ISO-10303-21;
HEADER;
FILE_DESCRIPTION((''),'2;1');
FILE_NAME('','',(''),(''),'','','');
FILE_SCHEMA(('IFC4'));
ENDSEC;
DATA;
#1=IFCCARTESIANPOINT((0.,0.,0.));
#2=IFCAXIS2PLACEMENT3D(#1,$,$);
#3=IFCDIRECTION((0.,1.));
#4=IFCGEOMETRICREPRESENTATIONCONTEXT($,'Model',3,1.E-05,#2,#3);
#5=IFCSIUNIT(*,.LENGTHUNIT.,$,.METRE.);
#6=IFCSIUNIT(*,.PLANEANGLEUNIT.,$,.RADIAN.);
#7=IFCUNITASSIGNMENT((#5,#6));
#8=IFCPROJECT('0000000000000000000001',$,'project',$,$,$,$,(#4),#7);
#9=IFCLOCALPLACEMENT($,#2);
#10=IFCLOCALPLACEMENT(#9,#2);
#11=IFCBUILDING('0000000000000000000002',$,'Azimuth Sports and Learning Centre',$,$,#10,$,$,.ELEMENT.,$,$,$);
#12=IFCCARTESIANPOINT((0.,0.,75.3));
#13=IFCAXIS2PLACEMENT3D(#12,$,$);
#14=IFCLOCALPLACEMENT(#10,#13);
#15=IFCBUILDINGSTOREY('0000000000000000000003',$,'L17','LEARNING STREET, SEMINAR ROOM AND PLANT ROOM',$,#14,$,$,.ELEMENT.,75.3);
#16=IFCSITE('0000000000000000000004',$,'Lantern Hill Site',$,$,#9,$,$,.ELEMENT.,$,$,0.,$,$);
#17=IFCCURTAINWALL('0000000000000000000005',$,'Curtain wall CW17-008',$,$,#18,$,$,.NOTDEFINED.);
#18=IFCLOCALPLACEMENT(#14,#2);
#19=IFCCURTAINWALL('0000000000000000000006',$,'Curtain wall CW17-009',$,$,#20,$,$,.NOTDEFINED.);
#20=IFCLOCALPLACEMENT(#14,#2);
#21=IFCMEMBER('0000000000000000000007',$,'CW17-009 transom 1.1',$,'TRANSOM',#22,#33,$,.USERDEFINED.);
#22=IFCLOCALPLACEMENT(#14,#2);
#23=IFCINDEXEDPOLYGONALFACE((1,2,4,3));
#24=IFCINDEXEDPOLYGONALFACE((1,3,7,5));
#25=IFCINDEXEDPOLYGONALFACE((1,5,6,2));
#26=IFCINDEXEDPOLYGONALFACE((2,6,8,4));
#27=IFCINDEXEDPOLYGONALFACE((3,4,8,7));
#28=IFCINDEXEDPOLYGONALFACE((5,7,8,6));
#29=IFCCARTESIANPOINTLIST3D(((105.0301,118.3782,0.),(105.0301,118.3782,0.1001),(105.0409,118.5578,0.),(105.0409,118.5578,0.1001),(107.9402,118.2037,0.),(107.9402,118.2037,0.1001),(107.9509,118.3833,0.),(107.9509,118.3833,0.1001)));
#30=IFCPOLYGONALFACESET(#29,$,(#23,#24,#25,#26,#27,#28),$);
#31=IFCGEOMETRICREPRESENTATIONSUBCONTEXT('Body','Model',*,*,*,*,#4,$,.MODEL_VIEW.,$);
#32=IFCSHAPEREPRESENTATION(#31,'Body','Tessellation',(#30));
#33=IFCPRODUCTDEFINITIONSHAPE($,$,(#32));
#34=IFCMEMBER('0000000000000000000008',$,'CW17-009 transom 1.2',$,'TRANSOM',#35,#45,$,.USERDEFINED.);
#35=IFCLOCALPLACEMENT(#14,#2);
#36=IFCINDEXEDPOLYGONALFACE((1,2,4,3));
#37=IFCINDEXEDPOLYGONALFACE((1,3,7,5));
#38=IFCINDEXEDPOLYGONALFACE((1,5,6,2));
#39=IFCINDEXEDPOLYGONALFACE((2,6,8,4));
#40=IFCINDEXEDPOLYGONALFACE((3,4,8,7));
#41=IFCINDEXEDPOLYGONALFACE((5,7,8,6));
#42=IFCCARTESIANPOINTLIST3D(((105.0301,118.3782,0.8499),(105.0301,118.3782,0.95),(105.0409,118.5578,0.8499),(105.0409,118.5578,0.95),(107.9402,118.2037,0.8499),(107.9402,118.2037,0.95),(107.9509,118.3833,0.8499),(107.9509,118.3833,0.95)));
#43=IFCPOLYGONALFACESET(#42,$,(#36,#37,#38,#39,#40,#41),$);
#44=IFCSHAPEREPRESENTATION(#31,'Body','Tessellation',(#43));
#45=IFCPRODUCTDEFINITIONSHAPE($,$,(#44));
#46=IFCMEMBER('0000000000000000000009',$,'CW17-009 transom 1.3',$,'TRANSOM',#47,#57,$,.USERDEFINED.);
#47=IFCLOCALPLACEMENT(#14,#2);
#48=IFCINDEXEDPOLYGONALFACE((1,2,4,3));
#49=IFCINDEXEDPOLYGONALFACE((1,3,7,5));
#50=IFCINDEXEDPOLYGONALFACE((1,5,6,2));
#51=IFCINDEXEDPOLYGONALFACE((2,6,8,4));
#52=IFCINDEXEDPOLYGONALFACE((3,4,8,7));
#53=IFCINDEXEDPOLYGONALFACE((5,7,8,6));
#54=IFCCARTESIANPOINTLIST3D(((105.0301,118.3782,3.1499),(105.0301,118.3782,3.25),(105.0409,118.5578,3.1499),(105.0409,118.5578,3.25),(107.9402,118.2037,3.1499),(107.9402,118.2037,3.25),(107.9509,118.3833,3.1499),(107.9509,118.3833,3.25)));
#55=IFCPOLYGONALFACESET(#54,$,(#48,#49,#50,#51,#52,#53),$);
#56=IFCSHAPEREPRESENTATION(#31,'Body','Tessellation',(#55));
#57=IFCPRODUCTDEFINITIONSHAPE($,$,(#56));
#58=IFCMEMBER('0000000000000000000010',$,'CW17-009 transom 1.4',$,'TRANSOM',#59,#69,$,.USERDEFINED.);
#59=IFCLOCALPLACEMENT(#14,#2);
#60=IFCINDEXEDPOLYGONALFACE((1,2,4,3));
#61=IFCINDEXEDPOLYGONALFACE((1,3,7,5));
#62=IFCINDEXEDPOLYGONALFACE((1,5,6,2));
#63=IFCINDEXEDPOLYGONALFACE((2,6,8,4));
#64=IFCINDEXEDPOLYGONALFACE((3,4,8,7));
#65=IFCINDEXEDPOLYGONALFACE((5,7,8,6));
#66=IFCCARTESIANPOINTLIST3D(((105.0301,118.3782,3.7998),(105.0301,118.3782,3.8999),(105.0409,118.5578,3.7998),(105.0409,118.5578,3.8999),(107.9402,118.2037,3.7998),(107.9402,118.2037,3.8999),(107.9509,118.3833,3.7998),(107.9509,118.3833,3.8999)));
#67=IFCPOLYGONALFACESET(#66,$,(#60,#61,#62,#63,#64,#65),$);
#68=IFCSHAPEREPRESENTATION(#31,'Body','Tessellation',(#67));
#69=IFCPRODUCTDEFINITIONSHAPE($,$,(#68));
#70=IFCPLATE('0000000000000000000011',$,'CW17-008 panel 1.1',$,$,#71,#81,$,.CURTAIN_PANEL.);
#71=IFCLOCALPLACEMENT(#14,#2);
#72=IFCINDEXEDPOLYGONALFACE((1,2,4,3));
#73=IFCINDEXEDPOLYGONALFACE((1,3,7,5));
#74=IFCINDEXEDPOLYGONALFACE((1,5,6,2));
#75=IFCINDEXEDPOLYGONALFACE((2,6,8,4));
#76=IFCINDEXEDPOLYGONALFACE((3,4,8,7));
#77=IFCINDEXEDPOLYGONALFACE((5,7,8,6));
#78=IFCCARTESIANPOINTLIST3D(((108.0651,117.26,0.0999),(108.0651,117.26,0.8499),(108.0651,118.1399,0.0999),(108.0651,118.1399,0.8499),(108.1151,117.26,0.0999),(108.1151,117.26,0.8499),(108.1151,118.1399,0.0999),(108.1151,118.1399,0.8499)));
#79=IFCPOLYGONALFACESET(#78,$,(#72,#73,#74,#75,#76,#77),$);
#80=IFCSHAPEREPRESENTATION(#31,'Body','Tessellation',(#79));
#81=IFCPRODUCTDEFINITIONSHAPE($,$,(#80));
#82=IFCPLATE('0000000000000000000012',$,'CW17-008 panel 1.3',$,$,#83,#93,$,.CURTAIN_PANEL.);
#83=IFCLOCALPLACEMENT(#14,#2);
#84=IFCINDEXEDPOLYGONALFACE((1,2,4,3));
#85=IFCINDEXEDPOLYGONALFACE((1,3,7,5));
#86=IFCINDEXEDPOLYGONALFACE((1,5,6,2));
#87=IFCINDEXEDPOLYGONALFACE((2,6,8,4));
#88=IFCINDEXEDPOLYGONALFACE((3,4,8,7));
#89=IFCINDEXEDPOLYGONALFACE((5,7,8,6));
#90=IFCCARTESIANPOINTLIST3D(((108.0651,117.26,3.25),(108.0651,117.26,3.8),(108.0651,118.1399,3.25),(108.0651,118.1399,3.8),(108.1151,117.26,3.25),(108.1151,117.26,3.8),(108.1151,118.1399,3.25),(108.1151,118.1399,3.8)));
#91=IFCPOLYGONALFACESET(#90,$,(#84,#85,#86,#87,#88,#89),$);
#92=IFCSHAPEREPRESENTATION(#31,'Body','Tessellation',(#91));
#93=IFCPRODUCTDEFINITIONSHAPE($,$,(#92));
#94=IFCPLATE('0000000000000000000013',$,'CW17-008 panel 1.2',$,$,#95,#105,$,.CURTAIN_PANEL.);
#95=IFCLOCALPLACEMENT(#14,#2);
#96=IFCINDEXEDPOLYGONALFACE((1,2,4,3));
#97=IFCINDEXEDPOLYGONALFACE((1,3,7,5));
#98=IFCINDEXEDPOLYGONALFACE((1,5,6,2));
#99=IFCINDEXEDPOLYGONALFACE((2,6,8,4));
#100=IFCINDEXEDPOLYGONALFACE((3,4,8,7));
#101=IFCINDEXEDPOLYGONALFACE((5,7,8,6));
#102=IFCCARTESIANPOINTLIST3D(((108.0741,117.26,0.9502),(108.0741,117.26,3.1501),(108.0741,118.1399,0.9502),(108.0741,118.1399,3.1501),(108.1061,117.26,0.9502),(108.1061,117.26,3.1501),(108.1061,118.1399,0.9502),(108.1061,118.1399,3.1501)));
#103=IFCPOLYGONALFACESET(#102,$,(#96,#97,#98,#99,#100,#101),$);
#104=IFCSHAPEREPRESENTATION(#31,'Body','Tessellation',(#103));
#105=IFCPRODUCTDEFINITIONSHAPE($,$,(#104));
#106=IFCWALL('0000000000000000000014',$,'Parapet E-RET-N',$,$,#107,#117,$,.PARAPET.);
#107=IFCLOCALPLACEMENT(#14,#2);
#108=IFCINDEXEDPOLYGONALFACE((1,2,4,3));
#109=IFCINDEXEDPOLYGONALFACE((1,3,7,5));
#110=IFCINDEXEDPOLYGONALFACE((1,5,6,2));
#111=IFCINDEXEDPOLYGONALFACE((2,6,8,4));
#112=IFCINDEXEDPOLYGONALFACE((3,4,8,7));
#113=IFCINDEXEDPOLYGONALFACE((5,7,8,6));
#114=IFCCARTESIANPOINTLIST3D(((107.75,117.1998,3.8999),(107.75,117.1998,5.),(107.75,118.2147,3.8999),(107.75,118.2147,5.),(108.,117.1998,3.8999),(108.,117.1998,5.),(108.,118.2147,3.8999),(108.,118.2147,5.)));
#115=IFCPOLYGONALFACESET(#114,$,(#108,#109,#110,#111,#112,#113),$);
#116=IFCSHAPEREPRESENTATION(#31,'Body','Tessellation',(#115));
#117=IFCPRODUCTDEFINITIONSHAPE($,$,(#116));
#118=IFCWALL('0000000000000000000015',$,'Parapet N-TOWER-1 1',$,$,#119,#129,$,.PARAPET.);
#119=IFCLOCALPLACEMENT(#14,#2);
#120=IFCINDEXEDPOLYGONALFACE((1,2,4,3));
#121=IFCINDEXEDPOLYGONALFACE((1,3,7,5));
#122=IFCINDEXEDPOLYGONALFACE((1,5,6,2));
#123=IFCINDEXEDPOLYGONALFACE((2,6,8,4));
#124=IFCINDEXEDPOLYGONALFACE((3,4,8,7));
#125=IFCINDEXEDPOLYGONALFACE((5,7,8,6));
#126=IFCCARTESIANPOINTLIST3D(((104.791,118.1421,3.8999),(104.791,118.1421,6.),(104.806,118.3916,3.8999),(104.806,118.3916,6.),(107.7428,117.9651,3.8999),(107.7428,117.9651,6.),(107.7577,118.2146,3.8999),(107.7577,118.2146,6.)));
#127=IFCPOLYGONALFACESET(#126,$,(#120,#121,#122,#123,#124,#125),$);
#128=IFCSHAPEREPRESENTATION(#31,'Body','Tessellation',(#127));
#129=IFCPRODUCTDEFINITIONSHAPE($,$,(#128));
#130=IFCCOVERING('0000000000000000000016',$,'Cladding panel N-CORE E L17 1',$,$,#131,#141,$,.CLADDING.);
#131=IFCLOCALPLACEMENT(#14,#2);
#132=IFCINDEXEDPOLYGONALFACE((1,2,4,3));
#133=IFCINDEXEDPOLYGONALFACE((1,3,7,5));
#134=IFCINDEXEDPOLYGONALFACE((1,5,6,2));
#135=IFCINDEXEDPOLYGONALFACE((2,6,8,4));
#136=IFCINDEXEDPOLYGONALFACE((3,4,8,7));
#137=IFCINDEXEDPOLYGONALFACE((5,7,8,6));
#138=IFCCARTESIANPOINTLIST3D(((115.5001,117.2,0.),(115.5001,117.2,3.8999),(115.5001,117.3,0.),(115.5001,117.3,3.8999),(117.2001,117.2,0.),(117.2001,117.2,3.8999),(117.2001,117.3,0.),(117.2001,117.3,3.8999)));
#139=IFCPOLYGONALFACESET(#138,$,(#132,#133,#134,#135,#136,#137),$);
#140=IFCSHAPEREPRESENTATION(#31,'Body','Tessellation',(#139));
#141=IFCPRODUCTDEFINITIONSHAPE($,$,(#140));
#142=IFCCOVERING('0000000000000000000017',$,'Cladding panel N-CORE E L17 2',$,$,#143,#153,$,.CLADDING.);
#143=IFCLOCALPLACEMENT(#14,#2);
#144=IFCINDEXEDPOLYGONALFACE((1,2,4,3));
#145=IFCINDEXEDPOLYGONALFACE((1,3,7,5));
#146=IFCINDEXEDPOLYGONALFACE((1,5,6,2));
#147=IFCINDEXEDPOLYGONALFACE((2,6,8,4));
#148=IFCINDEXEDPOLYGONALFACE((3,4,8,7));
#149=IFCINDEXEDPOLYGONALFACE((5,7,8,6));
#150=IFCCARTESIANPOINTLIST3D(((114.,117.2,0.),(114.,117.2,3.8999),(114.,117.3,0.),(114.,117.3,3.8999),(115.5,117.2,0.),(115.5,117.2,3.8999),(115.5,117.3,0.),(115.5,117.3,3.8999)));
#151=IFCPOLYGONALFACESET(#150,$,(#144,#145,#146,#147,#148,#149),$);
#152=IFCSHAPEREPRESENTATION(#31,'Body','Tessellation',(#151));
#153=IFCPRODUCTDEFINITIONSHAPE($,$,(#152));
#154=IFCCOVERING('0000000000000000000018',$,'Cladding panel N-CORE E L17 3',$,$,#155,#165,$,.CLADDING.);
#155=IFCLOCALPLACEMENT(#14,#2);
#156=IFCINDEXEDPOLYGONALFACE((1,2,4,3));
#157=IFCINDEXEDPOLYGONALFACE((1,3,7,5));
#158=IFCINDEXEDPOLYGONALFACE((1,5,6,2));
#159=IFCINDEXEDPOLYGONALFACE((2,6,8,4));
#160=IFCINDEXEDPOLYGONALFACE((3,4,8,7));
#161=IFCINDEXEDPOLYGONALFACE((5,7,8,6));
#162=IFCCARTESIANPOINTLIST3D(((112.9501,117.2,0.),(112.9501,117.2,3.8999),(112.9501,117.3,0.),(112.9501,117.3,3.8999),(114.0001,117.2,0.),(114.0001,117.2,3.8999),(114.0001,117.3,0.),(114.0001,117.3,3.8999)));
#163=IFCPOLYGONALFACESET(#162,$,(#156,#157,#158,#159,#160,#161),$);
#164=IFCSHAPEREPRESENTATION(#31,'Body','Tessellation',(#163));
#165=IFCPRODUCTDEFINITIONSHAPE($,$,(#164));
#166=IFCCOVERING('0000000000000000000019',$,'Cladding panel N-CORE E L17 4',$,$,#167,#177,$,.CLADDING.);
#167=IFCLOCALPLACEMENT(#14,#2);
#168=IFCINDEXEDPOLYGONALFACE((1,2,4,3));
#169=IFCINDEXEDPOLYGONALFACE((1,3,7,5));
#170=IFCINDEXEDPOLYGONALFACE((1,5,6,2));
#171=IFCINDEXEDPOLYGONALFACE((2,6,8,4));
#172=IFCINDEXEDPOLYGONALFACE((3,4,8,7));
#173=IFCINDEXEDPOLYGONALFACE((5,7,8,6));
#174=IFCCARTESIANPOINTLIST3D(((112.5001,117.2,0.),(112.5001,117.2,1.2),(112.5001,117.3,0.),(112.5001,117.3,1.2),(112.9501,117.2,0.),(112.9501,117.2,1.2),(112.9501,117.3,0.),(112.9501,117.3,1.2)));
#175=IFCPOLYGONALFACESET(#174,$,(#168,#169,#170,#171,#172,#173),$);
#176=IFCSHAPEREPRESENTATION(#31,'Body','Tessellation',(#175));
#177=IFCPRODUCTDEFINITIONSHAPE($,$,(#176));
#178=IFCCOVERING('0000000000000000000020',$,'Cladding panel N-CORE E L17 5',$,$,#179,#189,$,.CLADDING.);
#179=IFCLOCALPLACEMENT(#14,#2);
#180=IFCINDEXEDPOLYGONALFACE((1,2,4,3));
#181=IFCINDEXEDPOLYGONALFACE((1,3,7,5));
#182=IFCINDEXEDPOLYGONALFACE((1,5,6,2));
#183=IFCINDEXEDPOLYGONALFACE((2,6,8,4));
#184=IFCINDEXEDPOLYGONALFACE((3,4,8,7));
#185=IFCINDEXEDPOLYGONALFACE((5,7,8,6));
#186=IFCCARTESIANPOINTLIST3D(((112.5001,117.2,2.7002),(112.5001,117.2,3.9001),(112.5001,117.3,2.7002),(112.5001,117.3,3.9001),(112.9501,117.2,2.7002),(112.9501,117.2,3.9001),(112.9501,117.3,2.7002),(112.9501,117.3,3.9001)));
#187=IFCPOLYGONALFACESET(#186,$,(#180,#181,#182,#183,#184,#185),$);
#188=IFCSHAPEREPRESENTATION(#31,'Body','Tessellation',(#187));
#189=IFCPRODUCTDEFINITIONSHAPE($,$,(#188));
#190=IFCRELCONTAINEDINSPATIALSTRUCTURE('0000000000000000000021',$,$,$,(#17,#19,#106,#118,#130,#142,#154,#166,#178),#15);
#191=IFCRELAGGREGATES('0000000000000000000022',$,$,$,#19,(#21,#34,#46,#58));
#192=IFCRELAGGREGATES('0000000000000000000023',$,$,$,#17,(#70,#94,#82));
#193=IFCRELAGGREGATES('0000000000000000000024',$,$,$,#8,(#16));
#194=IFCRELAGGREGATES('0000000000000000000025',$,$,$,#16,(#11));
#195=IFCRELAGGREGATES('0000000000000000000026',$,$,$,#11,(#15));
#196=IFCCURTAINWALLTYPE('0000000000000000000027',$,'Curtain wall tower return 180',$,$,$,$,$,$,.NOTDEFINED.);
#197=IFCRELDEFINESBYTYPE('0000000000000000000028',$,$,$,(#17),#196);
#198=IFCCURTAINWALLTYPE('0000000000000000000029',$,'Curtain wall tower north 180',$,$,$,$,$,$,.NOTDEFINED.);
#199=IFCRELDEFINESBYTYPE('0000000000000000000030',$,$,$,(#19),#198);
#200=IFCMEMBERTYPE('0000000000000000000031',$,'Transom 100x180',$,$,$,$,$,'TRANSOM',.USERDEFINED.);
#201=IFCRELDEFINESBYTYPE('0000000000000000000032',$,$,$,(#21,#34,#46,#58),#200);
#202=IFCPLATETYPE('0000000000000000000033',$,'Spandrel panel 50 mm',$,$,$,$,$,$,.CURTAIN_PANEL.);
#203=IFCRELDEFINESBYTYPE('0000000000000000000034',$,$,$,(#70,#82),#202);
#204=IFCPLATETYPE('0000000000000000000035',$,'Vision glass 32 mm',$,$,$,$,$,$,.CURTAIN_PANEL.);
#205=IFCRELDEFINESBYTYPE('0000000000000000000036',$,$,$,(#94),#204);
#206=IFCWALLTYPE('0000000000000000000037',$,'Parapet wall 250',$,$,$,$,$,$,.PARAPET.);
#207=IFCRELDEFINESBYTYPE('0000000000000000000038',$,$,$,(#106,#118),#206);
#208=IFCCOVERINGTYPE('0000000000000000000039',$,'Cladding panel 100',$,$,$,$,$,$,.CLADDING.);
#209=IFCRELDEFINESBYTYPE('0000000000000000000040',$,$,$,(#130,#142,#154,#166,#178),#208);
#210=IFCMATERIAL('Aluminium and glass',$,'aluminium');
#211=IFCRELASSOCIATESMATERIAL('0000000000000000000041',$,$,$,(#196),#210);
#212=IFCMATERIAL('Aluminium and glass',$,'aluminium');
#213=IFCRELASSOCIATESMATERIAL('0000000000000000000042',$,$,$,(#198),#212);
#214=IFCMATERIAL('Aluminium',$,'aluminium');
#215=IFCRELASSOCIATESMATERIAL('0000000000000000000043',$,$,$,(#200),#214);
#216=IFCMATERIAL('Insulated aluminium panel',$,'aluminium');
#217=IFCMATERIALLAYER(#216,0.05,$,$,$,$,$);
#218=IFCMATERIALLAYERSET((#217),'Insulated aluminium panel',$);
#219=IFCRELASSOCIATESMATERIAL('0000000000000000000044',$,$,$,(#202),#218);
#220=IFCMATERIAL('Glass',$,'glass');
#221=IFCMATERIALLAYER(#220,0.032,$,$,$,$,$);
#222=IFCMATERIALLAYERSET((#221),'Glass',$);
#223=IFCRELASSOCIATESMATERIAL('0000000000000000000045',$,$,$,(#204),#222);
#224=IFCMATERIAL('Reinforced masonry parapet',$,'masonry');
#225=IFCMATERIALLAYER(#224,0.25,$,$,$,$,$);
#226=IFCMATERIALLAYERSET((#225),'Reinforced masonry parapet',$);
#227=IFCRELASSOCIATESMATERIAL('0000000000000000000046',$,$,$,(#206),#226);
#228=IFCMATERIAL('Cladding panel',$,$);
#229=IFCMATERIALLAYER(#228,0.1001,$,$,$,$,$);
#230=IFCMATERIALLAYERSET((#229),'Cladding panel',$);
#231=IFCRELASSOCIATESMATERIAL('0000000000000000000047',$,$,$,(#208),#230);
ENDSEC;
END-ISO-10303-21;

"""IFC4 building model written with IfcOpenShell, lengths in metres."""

from ifc_helpers import new_model, si_unit, direction, frame, frame_2d, origin, origin_2d, place, context, subcontext, project, spatial, rectangle, extrude, material, layer, layer_set, material_profile, profile_set, type_object, element, aggregate, save


model = new_model("IFC4")

# Units and contexts
model_context = context("Model", 3, precision=1e-05, world=origin(), true_north=direction((0.0, 1.0)))
body_context = subcontext(model_context, "Body", "Model", "MODEL_VIEW")
ifc_project = project(units=[si_unit("LENGTHUNIT", "METRE"), si_unit("PLANEANGLEUNIT", "RADIAN")], contexts=[model_context])

# Site, building, storey
site_placement = place(None, origin())
site = spatial("IfcSite", under=ifc_project, at=site_placement, Name="Lantern Hill Site", CompositionType="ELEMENT", RefElevation=0.0)
building_placement = place(site_placement, origin())
building = spatial("IfcBuilding", under=site, at=building_placement, Name="Azimuth Sports and Learning Centre", CompositionType="ELEMENT")
storey_placement = place(building_placement, frame((0.0, 0.0, 75.3)))
storey = spatial("IfcBuildingStorey", under=building, at=storey_placement, Name="L17", Description="LEARNING STREET, SEMINAR ROOM AND PLANT ROOM", CompositionType="ELEMENT", Elevation=75.3)

# Curtain wall
ifc_material_1 = material(Name="Aluminium and glass", Category="aluminium")
curtain_wall_type_1 = type_object("IfcCurtainWallType", Name="Curtain wall tower return 180", PredefinedType="NOTDEFINED", material=ifc_material_1)
curtain_wall_1_placement = place(storey_placement, origin())
curtain_wall_1 = element("IfcCurtainWall", 1, at=curtain_wall_1_placement, inside=storey, type_object=curtain_wall_type_1, Name="Curtain wall CW17-008", PredefinedType="NOTDEFINED")

# Curtain wall
ifc_material_2 = material(Name="Aluminium and glass", Category="aluminium")
curtain_wall_type_2 = type_object("IfcCurtainWallType", Name="Curtain wall tower north 180", PredefinedType="NOTDEFINED", material=ifc_material_2)
curtain_wall_2_placement = place(storey_placement, origin())
curtain_wall_2 = element("IfcCurtainWall", 2, at=curtain_wall_2_placement, inside=storey, type_object=curtain_wall_type_2, Name="Curtain wall CW17-009", PredefinedType="NOTDEFINED")

# Members
ifc_material_3 = material(Name="Aluminium", Category="aluminium")
ifc_material_profile_1 = material_profile(ifc_material_3, rectangle(XDim=0.1799, YDim=0.1001, at=origin_2d()), Name="Transom 100x180")
ifc_profile_set_1 = profile_set([ifc_material_profile_1], Name="Aluminium")
member_type_1 = type_object("IfcMemberType", Name="Transom 100x180", ElementType="TRANSOM", PredefinedType="USERDEFINED", material=ifc_profile_set_1)
member_1_placement = place(storey_placement, frame((107.9456, 118.2935, 0.05), z_axis=(-0.998206, 0.059876, 0.0), x_axis=(-0.059876, -0.998206, 0.0)))
member_1 = element("IfcMember", 3, at=member_1_placement, type_object=member_type_1, Name="CW17-009 transom 1.1", ObjectType="TRANSOM", PredefinedType="USERDEFINED", context=body_context, shape_type="SweptSolid", body=[
    extrude(rectangle(XDim=0.1799, YDim=0.1001, at=origin_2d()), origin(), (0.0, 0.0, 1.0), 2.9153),
])
member_2_placement = place(storey_placement, frame((107.9456, 118.2935, 0.8999), z_axis=(-0.998206, 0.059876, 0.0), x_axis=(-0.059876, -0.998206, 0.0)))
member_2 = element("IfcMember", 4, at=member_2_placement, type_object=member_type_1, Name="CW17-009 transom 1.2", ObjectType="TRANSOM", PredefinedType="USERDEFINED", context=body_context, shape_type="SweptSolid", body=[
    extrude(rectangle(XDim=0.1799, YDim=0.1001, at=origin_2d()), origin(), (0.0, 0.0, 1.0), 2.9153),
])
member_3_placement = place(storey_placement, frame((107.9456, 118.2935, 3.2), z_axis=(-0.998206, 0.059876, 0.0), x_axis=(-0.059876, -0.998206, 0.0)))
member_3 = element("IfcMember", 5, at=member_3_placement, type_object=member_type_1, Name="CW17-009 transom 1.3", ObjectType="TRANSOM", PredefinedType="USERDEFINED", context=body_context, shape_type="SweptSolid", body=[
    extrude(rectangle(XDim=0.1799, YDim=0.1001, at=origin_2d()), origin(), (0.0, 0.0, 1.0), 2.9153),
])
member_4_placement = place(storey_placement, frame((107.9456, 118.2935, 3.8499), z_axis=(-0.998206, 0.059876, 0.0), x_axis=(-0.059876, -0.998206, 0.0)))
member_4 = element("IfcMember", 6, at=member_4_placement, type_object=member_type_1, Name="CW17-009 transom 1.4", ObjectType="TRANSOM", PredefinedType="USERDEFINED", context=body_context, shape_type="SweptSolid", body=[
    extrude(rectangle(XDim=0.1799, YDim=0.1001, at=origin_2d()), origin(), (0.0, 0.0, 1.0), 2.9153),
])
aggregate(curtain_wall_2, [member_1, member_2, member_3, member_4])

# Plates
ifc_material_4 = material(Name="Insulated aluminium panel", Category="aluminium")
ifc_layer_1 = layer(ifc_material_4, 0.05)
ifc_layer_set_1 = layer_set([ifc_layer_1], Name="Insulated aluminium panel")
plate_type_1 = type_object("IfcPlateType", Name="Spandrel panel 50 mm", PredefinedType="CURTAIN_PANEL", material=ifc_layer_set_1)
plate_1_placement = place(storey_placement, frame((108.0901, 117.7, 0.0999), z_axis=(0.0, 0.0, 1.0), x_axis=(0.0, 1.0, 0.0)))
plate_1 = element("IfcPlate", 7, at=plate_1_placement, type_object=plate_type_1, Name="CW17-008 panel 1.1", PredefinedType="CURTAIN_PANEL", context=body_context, shape_type="SweptSolid", body=[
    extrude(rectangle(XDim=0.8799, YDim=0.05, at=origin_2d()), origin(), (0.0, 0.0, 1.0), 0.75),
])
plate_2_placement = place(storey_placement, frame((108.0901, 117.7, 3.25), z_axis=(0.0, 0.0, 1.0), x_axis=(0.0, 1.0, 0.0)))
plate_2 = element("IfcPlate", 8, at=plate_2_placement, type_object=plate_type_1, Name="CW17-008 panel 1.3", PredefinedType="CURTAIN_PANEL", context=body_context, shape_type="SweptSolid", body=[
    extrude(rectangle(XDim=0.8799, YDim=0.05, at=origin_2d()), origin(), (0.0, 0.0, 1.0), 0.55),
])
ifc_material_5 = material(Name="Glass", Category="glass")
ifc_layer_2 = layer(ifc_material_5, 0.032)
ifc_layer_set_2 = layer_set([ifc_layer_2], Name="Glass")
plate_type_2 = type_object("IfcPlateType", Name="Vision glass 32 mm", PredefinedType="CURTAIN_PANEL", material=ifc_layer_set_2)
plate_3_placement = place(storey_placement, frame((108.0901, 117.7, 0.9502), z_axis=(0.0, 0.0, 1.0), x_axis=(0.0, 1.0, 0.0)))
plate_3 = element("IfcPlate", 9, at=plate_3_placement, type_object=plate_type_2, Name="CW17-008 panel 1.2", PredefinedType="CURTAIN_PANEL", context=body_context, shape_type="SweptSolid", body=[
    extrude(rectangle(XDim=0.8799, YDim=0.032, at=origin_2d()), origin(), (0.0, 0.0, 1.0), 2.2),
])
aggregate(curtain_wall_1, [plate_1, plate_3, plate_2])

# Walls
ifc_material_6 = material(Name="Reinforced masonry parapet", Category="masonry")
ifc_layer_3 = layer(ifc_material_6, 0.25)
ifc_layer_set_3 = layer_set([ifc_layer_3], Name="Reinforced masonry parapet")
wall_type = type_object("IfcWallType", Name="Parapet wall 250", PredefinedType="PARAPET", material=ifc_layer_set_3)
wall_1_placement = place(storey_placement, frame((107.875, 117.2, 3.8999), z_axis=(0.0, 0.0, 1.0), x_axis=(0.0, 1.0, 0.0)))
element("IfcWall", 10, at=wall_1_placement, inside=storey, type_object=wall_type, Name="Parapet E-RET-N", PredefinedType="PARAPET", context=body_context, shape_type="SweptSolid", body=[
    extrude(rectangle(XDim=1.0149, YDim=0.25, at=frame_2d((0.5073, 0.0))), origin(), (0.0, 0.0, 1.0), 1.1001),
])
wall_2_placement = place(storey_placement, frame((107.7502, 118.0898, 3.8999), z_axis=(0.0, 0.0, 1.0), x_axis=(-0.998207, 0.059859, 0.0)))
element("IfcWall", 11, at=wall_2_placement, inside=storey, type_object=wall_type, Name="Parapet N-TOWER-1 1", PredefinedType="PARAPET", context=body_context, shape_type="SweptSolid", body=[
    extrude(rectangle(XDim=2.957, YDim=0.25, at=frame_2d((1.4785, 0.0))), origin(), (0.0, 0.0, 1.0), 2.1001),
])

# Coverings
ifc_material_7 = material(Name="Cladding panel")
ifc_layer_4 = layer(ifc_material_7, 0.1001)
ifc_layer_set_4 = layer_set([ifc_layer_4], Name="Cladding panel")
covering_type = type_object("IfcCoveringType", Name="Cladding panel 100", PredefinedType="CLADDING", material=ifc_layer_set_4)
covering_1_placement = place(storey_placement, frame((116.3501, 117.25, 0.0), z_axis=(0.0, 0.0, 1.0), x_axis=(-1.0, 0.0, 0.0)))
element("IfcCovering", 12, at=covering_1_placement, inside=storey, type_object=covering_type, Name="Cladding panel N-CORE E L17 1", PredefinedType="CLADDING", context=body_context, shape_type="SweptSolid", body=[
    extrude(rectangle(XDim=1.7, YDim=0.1001, at=origin_2d()), origin(), (0.0, 0.0, 1.0), 3.8999),
])
covering_2_placement = place(storey_placement, frame((114.75, 117.25, 0.0), z_axis=(0.0, 0.0, 1.0), x_axis=(-1.0, 0.0, 0.0)))
element("IfcCovering", 13, at=covering_2_placement, inside=storey, type_object=covering_type, Name="Cladding panel N-CORE E L17 2", PredefinedType="CLADDING", context=body_context, shape_type="SweptSolid", body=[
    extrude(rectangle(XDim=1.5, YDim=0.1001, at=origin_2d()), origin(), (0.0, 0.0, 1.0), 3.8999),
])
covering_3_placement = place(storey_placement, frame((113.4751, 117.25, 0.0), z_axis=(0.0, 0.0, 1.0), x_axis=(-1.0, 0.0, 0.0)))
element("IfcCovering", 14, at=covering_3_placement, inside=storey, type_object=covering_type, Name="Cladding panel N-CORE E L17 3", PredefinedType="CLADDING", context=body_context, shape_type="SweptSolid", body=[
    extrude(rectangle(XDim=1.05, YDim=0.1001, at=origin_2d()), origin(), (0.0, 0.0, 1.0), 3.8999),
])
for number, where, z_axis, x_axis, name in (
    (15, (112.7251, 117.25, 0.0), (0.0, 0.0, 1.0), (-1.0, 0.0, 0.0), "Cladding panel N-CORE E L17 4"),
    (16, (112.7251, 117.25, 2.7002), (0.0, 0.0, 1.0), (-1.0, 0.0, 0.0), "Cladding panel N-CORE E L17 5"),
):
    element("IfcCovering", number, at=place(storey_placement, frame(where, z_axis=z_axis, x_axis=x_axis)), inside=storey, type_object=covering_type, Name=name, PredefinedType="CLADDING", context=body_context, shape_type="SweptSolid", body=[
        extrude(rectangle(XDim=0.45, YDim=0.1001, at=origin_2d()), origin(), (0.0, 0.0, 1.0), 1.2),
    ])

save(model, "model.ifc")
